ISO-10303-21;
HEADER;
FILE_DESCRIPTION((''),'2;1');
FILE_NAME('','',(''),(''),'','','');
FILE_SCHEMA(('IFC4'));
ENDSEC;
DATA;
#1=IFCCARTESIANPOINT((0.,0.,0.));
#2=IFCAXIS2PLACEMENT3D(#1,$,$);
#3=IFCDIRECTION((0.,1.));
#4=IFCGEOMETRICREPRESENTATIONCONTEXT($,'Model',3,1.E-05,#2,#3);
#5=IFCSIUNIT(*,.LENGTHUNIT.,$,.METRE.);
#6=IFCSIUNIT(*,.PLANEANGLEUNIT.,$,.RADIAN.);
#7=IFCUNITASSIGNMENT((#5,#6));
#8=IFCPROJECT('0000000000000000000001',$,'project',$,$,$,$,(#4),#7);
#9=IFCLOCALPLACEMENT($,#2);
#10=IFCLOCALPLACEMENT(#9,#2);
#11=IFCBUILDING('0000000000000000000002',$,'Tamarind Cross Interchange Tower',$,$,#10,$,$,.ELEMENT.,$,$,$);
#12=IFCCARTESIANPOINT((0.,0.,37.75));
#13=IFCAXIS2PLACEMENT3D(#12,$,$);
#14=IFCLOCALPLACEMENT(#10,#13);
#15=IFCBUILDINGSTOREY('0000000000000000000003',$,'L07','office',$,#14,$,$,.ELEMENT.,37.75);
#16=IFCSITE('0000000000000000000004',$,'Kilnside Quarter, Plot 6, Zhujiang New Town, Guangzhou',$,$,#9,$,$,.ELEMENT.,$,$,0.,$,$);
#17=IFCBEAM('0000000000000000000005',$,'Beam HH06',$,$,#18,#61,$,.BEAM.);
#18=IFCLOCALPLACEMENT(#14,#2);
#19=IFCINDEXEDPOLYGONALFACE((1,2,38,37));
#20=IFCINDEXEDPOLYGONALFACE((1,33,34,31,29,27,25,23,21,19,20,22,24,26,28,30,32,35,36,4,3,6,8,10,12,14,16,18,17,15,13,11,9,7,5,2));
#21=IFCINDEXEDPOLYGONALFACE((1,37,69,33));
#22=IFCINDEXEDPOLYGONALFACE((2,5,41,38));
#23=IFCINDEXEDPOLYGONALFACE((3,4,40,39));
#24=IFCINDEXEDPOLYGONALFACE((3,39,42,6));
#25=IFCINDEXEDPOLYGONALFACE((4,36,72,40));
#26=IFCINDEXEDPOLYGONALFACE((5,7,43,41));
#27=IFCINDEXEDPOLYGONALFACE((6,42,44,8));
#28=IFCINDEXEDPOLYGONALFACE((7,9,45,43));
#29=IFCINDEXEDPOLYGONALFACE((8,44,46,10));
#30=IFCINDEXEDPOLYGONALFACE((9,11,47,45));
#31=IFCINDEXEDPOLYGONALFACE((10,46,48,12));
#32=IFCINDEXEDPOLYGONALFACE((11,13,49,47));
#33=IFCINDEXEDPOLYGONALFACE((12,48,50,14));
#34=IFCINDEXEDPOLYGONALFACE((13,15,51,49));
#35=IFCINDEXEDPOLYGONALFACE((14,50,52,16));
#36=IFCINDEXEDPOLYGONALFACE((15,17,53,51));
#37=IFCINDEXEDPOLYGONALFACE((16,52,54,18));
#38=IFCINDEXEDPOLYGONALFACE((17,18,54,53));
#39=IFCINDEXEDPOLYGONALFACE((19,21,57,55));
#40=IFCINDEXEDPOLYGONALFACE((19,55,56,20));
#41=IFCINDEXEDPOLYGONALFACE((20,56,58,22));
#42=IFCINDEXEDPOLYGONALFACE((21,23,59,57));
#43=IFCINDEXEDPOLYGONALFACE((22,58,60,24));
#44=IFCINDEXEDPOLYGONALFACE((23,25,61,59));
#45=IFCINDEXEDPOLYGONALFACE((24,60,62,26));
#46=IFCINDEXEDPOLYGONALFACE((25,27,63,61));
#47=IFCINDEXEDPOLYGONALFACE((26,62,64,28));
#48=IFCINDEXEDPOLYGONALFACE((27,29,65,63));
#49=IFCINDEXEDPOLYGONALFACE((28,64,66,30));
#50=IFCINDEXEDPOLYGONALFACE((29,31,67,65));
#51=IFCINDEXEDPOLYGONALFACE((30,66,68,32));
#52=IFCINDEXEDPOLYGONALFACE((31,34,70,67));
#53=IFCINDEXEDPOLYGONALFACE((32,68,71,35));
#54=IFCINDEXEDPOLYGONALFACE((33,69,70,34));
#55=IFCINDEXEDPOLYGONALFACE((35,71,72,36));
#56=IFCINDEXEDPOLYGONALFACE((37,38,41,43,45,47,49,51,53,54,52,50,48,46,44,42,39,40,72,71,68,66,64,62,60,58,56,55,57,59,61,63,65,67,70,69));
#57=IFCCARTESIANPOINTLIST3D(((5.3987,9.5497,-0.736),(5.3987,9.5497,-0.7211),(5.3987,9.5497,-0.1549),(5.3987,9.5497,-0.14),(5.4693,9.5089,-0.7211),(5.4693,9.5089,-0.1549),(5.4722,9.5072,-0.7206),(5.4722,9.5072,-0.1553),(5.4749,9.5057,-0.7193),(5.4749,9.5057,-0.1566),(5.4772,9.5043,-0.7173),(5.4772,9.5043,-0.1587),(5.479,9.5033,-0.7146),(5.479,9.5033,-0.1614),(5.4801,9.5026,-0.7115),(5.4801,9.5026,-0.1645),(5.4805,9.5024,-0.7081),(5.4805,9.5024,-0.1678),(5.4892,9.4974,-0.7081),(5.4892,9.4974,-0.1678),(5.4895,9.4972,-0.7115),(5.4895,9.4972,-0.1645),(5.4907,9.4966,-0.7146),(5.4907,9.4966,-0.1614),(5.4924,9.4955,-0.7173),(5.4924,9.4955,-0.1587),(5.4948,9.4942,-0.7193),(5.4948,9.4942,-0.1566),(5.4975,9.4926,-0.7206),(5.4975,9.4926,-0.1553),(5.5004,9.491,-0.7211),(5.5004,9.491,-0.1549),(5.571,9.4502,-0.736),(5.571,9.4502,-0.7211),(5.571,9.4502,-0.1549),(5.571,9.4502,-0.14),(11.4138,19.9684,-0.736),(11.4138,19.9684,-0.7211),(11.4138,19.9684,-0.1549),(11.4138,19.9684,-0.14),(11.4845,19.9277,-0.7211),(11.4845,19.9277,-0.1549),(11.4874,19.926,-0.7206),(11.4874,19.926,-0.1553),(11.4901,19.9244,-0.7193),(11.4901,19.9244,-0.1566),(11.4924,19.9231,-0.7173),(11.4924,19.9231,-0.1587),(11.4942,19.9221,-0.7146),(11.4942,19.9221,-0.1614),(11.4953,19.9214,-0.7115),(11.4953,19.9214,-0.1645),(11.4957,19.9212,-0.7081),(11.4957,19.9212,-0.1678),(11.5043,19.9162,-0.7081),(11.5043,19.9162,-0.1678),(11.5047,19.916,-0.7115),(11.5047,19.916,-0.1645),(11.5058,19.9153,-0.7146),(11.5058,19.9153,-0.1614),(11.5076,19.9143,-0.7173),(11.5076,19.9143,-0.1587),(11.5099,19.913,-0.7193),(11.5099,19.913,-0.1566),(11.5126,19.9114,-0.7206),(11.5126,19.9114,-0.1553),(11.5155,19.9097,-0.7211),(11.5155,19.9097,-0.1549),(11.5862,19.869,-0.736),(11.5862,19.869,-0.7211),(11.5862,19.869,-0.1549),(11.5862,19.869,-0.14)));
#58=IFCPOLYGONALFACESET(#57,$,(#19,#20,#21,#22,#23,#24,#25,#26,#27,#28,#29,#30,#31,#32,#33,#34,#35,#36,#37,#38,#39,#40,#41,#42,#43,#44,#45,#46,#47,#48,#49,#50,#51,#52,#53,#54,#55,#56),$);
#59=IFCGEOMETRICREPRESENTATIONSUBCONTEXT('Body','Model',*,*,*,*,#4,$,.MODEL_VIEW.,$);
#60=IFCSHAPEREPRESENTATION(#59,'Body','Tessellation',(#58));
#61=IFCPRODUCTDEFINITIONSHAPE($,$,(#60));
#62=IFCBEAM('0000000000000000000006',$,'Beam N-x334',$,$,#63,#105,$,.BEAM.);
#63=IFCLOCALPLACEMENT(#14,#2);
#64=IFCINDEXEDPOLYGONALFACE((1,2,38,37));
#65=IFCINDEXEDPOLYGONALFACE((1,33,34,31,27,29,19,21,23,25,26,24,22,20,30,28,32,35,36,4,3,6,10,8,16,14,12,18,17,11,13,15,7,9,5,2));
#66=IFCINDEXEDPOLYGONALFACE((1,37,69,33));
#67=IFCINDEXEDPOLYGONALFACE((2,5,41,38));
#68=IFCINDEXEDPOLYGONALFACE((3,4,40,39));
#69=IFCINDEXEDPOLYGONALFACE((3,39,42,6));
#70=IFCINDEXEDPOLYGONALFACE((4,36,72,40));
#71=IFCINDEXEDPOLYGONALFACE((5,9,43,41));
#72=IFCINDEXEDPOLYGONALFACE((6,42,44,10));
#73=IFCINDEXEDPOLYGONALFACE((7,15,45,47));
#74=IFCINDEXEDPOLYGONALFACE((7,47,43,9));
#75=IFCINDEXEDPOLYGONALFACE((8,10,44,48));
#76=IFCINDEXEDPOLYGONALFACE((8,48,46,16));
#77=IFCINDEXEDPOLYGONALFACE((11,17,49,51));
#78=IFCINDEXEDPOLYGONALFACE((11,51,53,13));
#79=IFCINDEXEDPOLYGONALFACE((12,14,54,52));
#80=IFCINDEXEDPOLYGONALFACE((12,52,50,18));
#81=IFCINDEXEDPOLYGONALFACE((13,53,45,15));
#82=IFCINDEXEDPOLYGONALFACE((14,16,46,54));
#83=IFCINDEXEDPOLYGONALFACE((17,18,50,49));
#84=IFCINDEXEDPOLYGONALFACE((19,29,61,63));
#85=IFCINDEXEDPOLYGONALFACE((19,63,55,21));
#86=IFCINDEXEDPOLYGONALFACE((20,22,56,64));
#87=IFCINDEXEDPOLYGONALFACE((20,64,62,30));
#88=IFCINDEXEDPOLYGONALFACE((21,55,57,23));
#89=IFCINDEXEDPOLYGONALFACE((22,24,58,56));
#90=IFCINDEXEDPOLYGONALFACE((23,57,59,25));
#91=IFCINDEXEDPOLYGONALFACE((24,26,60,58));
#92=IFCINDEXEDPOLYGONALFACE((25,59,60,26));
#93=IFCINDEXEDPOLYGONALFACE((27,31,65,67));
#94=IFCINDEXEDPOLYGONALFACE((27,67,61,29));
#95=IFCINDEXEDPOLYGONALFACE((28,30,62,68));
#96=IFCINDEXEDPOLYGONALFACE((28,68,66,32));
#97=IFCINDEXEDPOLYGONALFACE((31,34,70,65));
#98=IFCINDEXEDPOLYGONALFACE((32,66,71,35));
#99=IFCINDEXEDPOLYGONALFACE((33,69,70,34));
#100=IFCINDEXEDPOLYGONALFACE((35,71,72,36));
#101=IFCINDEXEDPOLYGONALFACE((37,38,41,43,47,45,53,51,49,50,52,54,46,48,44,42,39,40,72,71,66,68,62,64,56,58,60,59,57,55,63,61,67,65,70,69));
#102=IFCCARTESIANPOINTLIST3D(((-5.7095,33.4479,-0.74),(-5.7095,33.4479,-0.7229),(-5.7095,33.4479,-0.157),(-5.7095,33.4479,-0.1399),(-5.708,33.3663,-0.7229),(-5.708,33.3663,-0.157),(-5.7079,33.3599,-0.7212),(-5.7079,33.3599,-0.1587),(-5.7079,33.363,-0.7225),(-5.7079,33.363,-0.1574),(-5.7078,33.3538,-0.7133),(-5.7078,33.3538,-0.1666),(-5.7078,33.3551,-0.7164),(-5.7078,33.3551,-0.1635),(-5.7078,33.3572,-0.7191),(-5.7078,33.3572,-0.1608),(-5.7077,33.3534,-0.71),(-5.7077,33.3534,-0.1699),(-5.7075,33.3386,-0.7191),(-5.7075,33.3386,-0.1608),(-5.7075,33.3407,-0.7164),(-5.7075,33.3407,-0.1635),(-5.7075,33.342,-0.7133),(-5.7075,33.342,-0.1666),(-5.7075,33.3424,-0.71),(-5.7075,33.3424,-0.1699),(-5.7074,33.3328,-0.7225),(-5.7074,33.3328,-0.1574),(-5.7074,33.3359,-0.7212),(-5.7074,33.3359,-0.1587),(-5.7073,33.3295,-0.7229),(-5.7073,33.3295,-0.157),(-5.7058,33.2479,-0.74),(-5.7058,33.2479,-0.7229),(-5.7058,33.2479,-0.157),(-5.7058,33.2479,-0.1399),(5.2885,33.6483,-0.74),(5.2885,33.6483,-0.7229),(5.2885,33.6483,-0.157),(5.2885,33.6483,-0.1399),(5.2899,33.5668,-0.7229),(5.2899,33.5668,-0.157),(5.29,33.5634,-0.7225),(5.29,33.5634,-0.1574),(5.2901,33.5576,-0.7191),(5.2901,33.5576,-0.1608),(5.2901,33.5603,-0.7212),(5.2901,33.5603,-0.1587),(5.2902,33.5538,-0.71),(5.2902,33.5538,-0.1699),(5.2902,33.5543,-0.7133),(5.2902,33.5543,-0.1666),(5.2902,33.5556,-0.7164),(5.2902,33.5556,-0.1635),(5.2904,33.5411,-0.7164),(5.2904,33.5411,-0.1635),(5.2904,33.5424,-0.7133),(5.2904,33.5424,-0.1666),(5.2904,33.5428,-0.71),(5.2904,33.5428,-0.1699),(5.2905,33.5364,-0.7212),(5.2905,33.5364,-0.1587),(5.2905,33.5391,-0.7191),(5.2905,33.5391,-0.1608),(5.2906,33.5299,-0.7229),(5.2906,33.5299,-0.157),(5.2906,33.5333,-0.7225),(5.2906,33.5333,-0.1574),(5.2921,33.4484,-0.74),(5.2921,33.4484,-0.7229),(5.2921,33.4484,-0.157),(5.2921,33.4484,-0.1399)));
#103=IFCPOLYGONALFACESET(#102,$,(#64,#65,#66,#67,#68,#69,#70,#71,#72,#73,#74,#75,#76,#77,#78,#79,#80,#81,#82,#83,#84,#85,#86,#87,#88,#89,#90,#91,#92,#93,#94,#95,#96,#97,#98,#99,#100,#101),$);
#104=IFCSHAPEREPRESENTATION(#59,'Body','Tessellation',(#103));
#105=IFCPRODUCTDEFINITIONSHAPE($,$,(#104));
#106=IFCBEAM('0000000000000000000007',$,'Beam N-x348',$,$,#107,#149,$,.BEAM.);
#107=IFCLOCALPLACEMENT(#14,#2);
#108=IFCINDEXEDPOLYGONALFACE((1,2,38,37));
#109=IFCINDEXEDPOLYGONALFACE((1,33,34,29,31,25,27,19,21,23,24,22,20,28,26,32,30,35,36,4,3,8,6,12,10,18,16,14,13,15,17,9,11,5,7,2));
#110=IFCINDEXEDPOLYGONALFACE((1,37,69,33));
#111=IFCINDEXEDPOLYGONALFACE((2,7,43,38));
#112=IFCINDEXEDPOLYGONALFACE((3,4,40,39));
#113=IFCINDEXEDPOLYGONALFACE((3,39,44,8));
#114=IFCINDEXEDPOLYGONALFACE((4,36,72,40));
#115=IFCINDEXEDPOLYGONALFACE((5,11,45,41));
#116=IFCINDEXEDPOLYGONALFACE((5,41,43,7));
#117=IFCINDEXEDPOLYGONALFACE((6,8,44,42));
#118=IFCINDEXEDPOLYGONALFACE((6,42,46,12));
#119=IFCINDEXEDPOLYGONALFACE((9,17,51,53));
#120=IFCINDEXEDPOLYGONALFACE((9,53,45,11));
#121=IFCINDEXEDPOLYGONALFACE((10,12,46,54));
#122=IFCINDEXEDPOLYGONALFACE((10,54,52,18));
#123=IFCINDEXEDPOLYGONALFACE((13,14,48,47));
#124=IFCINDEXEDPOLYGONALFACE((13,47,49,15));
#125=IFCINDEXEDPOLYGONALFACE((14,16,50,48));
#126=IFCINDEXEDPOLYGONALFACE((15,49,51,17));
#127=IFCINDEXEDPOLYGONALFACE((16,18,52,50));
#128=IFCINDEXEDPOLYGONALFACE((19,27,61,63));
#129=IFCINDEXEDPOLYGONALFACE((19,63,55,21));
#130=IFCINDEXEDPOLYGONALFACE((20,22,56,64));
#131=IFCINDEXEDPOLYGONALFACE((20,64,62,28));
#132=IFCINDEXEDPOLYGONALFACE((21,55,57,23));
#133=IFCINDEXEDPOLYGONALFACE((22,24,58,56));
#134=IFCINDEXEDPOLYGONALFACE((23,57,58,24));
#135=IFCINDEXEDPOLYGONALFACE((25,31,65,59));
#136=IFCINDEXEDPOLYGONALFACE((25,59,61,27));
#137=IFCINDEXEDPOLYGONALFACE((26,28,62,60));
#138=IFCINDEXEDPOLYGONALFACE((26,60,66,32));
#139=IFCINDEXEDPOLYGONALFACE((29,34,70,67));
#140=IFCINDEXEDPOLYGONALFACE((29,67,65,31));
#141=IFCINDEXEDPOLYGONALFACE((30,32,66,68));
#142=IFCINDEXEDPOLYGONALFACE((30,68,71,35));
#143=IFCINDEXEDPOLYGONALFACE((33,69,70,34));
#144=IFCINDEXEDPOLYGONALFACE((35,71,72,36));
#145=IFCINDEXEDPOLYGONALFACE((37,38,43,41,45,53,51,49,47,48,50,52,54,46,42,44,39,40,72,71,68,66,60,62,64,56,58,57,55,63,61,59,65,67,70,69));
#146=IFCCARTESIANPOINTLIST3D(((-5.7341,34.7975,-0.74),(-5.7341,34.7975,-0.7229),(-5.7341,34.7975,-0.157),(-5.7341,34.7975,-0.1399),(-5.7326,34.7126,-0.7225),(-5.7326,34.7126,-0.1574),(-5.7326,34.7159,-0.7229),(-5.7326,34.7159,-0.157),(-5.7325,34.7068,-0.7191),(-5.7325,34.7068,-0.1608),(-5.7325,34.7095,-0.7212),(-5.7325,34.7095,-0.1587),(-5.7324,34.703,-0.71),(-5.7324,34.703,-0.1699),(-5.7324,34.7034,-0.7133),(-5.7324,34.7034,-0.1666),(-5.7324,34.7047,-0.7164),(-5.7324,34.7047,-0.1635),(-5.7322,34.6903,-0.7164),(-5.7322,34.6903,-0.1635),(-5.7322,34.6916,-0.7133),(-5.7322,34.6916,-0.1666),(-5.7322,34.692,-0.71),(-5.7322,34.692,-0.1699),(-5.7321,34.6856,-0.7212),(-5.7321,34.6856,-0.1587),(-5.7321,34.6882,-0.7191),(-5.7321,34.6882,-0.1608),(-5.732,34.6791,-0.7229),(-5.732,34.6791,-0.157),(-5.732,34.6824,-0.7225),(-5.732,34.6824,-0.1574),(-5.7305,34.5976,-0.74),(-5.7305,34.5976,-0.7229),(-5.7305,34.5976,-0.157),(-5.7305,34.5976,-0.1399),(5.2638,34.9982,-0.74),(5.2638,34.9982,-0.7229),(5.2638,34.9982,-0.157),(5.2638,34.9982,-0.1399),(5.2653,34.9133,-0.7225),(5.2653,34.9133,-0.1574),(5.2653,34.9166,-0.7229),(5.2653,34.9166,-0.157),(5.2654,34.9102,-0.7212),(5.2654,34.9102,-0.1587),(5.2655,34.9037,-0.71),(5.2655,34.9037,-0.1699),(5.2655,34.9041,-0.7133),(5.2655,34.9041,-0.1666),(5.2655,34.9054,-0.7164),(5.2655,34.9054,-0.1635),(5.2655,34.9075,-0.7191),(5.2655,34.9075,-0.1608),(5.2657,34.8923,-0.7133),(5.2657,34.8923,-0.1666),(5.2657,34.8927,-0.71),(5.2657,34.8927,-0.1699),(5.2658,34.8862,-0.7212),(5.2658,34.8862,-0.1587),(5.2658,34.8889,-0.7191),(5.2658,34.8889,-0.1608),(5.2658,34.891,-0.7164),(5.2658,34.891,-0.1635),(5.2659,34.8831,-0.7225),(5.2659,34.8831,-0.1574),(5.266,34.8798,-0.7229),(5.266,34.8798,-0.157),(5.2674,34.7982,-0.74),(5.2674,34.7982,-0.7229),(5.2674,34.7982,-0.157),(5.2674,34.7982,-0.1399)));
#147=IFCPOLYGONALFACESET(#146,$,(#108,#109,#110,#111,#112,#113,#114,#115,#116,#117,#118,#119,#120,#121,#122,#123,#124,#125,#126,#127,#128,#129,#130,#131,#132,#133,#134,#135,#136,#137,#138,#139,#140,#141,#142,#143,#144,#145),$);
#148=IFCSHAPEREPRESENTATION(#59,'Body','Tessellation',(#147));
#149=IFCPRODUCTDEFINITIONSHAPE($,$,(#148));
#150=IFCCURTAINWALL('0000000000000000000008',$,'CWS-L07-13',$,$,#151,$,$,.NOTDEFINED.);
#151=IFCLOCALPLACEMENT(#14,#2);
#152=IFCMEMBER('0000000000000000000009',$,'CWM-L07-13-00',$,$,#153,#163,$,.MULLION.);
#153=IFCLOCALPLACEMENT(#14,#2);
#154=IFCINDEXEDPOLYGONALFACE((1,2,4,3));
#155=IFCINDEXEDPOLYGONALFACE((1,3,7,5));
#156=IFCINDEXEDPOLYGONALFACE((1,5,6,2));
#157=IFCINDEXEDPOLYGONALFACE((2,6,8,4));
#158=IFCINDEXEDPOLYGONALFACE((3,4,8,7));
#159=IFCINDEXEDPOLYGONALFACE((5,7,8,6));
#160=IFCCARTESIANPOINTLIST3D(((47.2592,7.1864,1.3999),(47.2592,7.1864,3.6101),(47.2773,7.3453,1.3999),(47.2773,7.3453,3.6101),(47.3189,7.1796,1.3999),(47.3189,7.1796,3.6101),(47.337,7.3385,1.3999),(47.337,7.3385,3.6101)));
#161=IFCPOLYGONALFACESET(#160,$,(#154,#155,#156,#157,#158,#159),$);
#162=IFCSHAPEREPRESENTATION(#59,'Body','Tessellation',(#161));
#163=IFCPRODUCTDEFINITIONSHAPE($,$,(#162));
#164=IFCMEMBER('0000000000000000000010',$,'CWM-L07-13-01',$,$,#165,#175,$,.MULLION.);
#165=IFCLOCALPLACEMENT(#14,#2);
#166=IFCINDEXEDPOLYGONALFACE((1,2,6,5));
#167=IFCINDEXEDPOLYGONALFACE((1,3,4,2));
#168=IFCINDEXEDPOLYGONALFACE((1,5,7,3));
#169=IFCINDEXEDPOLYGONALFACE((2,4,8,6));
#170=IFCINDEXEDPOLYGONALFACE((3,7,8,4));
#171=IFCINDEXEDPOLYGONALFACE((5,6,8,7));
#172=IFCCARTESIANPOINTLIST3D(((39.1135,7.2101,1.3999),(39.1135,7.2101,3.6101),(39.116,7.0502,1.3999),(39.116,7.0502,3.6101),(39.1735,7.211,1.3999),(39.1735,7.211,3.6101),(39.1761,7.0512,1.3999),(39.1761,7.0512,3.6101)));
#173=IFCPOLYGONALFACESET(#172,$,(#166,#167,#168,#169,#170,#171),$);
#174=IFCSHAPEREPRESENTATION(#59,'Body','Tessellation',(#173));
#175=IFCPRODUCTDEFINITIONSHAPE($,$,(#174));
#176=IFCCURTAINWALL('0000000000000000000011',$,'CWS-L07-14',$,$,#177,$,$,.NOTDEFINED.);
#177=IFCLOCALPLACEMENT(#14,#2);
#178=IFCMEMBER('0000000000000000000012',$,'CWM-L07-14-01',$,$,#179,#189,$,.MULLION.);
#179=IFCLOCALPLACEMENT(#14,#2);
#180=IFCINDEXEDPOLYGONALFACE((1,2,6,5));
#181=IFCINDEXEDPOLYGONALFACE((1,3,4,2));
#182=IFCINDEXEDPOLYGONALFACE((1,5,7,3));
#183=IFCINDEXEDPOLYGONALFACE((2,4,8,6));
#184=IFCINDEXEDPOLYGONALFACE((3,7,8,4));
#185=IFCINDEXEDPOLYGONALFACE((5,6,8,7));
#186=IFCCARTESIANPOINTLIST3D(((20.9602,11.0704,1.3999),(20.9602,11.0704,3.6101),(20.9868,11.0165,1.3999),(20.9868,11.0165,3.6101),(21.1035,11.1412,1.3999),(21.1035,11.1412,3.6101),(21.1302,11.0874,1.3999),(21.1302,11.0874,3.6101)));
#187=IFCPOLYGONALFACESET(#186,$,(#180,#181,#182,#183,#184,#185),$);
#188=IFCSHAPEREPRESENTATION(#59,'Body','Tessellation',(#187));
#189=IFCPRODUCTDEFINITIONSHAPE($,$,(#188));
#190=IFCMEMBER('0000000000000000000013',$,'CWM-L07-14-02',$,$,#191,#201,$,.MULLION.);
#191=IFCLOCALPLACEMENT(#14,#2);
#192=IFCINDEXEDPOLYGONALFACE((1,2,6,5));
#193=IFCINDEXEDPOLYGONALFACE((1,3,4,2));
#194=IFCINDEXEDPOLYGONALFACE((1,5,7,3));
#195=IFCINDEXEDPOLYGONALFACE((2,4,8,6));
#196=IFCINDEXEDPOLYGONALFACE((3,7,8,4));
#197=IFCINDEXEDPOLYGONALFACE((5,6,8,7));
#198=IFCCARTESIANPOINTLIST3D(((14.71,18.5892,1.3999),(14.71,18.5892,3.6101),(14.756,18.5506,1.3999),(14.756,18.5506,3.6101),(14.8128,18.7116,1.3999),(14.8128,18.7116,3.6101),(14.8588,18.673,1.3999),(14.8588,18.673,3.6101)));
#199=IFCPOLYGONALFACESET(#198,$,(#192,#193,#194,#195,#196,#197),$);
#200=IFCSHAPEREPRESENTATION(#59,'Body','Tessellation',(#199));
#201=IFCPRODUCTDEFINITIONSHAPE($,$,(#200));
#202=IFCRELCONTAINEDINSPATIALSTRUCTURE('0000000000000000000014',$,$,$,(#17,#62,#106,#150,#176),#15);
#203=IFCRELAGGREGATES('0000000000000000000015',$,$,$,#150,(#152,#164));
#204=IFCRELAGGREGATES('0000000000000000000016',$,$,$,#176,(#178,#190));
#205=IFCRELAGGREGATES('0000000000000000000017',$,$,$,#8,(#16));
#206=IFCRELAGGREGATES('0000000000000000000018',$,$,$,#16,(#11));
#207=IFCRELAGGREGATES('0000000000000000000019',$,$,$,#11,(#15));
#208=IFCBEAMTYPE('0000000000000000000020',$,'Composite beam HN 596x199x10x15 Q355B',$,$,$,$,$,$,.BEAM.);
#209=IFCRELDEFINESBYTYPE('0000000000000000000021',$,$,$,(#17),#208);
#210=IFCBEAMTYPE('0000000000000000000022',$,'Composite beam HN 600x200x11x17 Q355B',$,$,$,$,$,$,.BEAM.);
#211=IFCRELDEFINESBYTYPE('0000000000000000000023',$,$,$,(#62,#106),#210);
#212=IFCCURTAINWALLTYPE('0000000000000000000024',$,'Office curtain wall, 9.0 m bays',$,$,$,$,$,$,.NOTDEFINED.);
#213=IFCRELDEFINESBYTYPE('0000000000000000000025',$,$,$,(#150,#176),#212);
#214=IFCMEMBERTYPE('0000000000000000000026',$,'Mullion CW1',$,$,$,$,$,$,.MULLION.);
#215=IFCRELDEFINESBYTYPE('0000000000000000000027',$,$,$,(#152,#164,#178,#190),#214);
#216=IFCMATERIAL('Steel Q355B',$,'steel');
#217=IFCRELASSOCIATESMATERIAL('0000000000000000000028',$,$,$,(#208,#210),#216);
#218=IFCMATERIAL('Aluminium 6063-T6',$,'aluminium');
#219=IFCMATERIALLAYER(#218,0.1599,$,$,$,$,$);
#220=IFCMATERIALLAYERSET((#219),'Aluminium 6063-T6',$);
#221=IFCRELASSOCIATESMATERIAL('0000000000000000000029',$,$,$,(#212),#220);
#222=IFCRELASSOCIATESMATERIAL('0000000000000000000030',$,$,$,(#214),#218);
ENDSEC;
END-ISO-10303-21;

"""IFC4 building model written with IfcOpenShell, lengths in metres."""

from ifc_helpers import new_model, si_unit, direction, frame, origin, origin_2d, place, context, subcontext, project, spatial, rectangle, i_section, extrude, material, layer, layer_set, material_profile, profile_set, type_object, element, aggregate, save


model = new_model("IFC4")

# Units and contexts
model_context = context("Model", 3, precision=1e-05, world=origin(), true_north=direction((0.0, 1.0)))
body_context = subcontext(model_context, "Body", "Model", "MODEL_VIEW")
ifc_project = project(units=[si_unit("LENGTHUNIT", "METRE"), si_unit("PLANEANGLEUNIT", "RADIAN")], contexts=[model_context])

# Site, building, storey
site_placement = place(None, origin())
site = spatial("IfcSite", under=ifc_project, at=site_placement, Name="Kilnside Quarter, Plot 6, Zhujiang New Town, Guangzhou", CompositionType="ELEMENT", RefElevation=0.0)
building_placement = place(site_placement, origin())
building = spatial("IfcBuilding", under=site, at=building_placement, Name="Tamarind Cross Interchange Tower", CompositionType="ELEMENT")
storey_placement = place(building_placement, frame((0.0, 0.0, 37.75)))
storey = spatial("IfcBuildingStorey", under=building, at=storey_placement, Name="L07", Description="office", CompositionType="ELEMENT", Elevation=37.75)

# Beams
ifc_material_1 = material(Name="Steel Q355B", Category="steel")
ifc_material_profile_1 = material_profile(ifc_material_1, i_section(OverallWidth=0.199, OverallDepth=0.5959, WebThickness=0.01, FlangeThickness=0.0149, FilletRadius=0.0129, at=origin_2d()), Name="HN 596x199x10x15")
ifc_profile_set_1 = profile_set([ifc_material_profile_1], Name="Steel Q355B")
beam_type_1 = type_object("IfcBeamType", Name="Composite beam HN 596x199x10x15 Q355B", PredefinedType="BEAM", material=ifc_profile_set_1)
beam_1_placement = place(storey_placement, frame((11.5, 19.9187, -0.438), z_axis=(-0.499994, -0.866029, 0.0), x_axis=(0.866029, -0.499994, 0.0)))
element("IfcBeam", 1, at=beam_1_placement, inside=storey, type_object=beam_type_1, Name="Beam HH06", PredefinedType="BEAM", context=body_context, shape_type="SweptSolid", body=[
    extrude(i_section(OverallWidth=0.199, OverallDepth=0.5959, WebThickness=0.01, FlangeThickness=0.0149, FilletRadius=0.0129, at=origin_2d()), origin(), (0.0, 0.0, 1.0), 12.0305),
])
ifc_material_profile_2 = material_profile(ifc_material_1, i_section(OverallWidth=0.2, OverallDepth=0.6001, WebThickness=0.011, FlangeThickness=0.0171, FilletRadius=0.0129, at=origin_2d()), Name="HN 600x200x11x17")
ifc_profile_set_2 = profile_set([ifc_material_profile_2], Name="Steel Q355B")
beam_type_2 = type_object("IfcBeamType", Name="Composite beam HN 600x200x11x17 Q355B", PredefinedType="BEAM", material=ifc_profile_set_2)
for number, where, z_axis, x_axis, name in (
    (2, (5.2903, 33.5483, -0.4399), (-0.999834, -0.018222, 0.0), (0.018222, -0.999834, 0.0), "Beam N-x334"),
    (3, (5.2656, 34.8982, -0.4399), (-0.999834, -0.018244, 0.0), (0.018244, -0.999834, 0.0), "Beam N-x348"),
):
    element("IfcBeam", number, at=place(storey_placement, frame(where, z_axis=z_axis, x_axis=x_axis)), inside=storey, type_object=beam_type_2, Name=name, PredefinedType="BEAM", context=body_context, shape_type="SweptSolid", body=[
        extrude(i_section(OverallWidth=0.2, OverallDepth=0.6001, WebThickness=0.011, FlangeThickness=0.0171, FilletRadius=0.0129, at=origin_2d()), origin(), (0.0, 0.0, 1.0), 10.9998),
    ])

# Curtain walls, members
ifc_material_2 = material(Name="Aluminium 6063-T6", Category="aluminium")
ifc_layer_1 = layer(ifc_material_2, 0.1599)
ifc_layer_set_1 = layer_set([ifc_layer_1], Name="Aluminium 6063-T6")
curtain_wall_type = type_object("IfcCurtainWallType", Name="Office curtain wall, 9.0 m bays", PredefinedType="NOTDEFINED", material=ifc_layer_set_1)
curtain_wall_1_placement = place(storey_placement, origin())
curtain_wall_1 = element("IfcCurtainWall", 4, at=curtain_wall_1_placement, inside=storey, type_object=curtain_wall_type, Name="CWS-L07-13", PredefinedType="NOTDEFINED")
ifc_material_profile_3 = material_profile(ifc_material_2, rectangle(XDim=0.0601, YDim=0.1599, at=origin_2d()), Name="Mullion CW1")
ifc_profile_set_3 = profile_set([ifc_material_profile_3], Name="Aluminium 6063-T6")
member_type = type_object("IfcMemberType", Name="Mullion CW1", PredefinedType="MULLION", material=ifc_profile_set_3)
member_1_placement = place(storey_placement, frame((47.2981, 7.2625, 1.3999), z_axis=(0.0, 0.0, 1.0), x_axis=(-0.993545, 0.11344, 0.0)))
member_1 = element("IfcMember", 5, at=member_1_placement, type_object=member_type, Name="CWM-L07-13-00", PredefinedType="MULLION", context=body_context, shape_type="SweptSolid", body=[
    extrude(rectangle(XDim=0.0601, YDim=0.1599, at=origin_2d()), origin(), (0.0, 0.0, 1.0), 2.2102),
])
member_2_placement = place(storey_placement, frame((39.1448, 7.1306, 1.3999), z_axis=(0.0, 0.0, 1.0), x_axis=(-0.999869, -0.016194, 0.0)))
member_2 = element("IfcMember", 6, at=member_2_placement, type_object=member_type, Name="CWM-L07-13-01", PredefinedType="MULLION", context=body_context, shape_type="SweptSolid", body=[
    extrude(rectangle(XDim=0.0601, YDim=0.1599, at=origin_2d()), origin(), (0.0, 0.0, 1.0), 2.2102),
])
aggregate(curtain_wall_1, [member_1, member_2])
curtain_wall_2_placement = place(storey_placement, origin())
curtain_wall_2 = element("IfcCurtainWall", 7, at=curtain_wall_2_placement, inside=storey, type_object=curtain_wall_type, Name="CWS-L07-14", PredefinedType="NOTDEFINED")
member_3_placement = place(storey_placement, frame((21.0452, 11.0789, 1.3999), z_axis=(0.0, 0.0, 1.0), x_axis=(-0.443059, 0.896493, 0.0)))
member_3 = element("IfcMember", 8, at=member_3_placement, type_object=member_type, Name="CWM-L07-14-01", PredefinedType="MULLION", context=body_context, shape_type="SweptSolid", body=[
    extrude(rectangle(XDim=0.0601, YDim=0.1599, at=origin_2d()), origin(), (0.0, 0.0, 1.0), 2.2102),
])
member_4_placement = place(storey_placement, frame((14.7844, 18.6311, 1.3999), z_axis=(0.0, 0.0, 1.0), x_axis=(-0.765858, 0.643009, 0.0)))
member_4 = element("IfcMember", 9, at=member_4_placement, type_object=member_type, Name="CWM-L07-14-02", PredefinedType="MULLION", context=body_context, shape_type="SweptSolid", body=[
    extrude(rectangle(XDim=0.0601, YDim=0.1599, at=origin_2d()), origin(), (0.0, 0.0, 1.0), 2.2102),
])
aggregate(curtain_wall_2, [member_3, member_4])

save(model, "model.ifc")
